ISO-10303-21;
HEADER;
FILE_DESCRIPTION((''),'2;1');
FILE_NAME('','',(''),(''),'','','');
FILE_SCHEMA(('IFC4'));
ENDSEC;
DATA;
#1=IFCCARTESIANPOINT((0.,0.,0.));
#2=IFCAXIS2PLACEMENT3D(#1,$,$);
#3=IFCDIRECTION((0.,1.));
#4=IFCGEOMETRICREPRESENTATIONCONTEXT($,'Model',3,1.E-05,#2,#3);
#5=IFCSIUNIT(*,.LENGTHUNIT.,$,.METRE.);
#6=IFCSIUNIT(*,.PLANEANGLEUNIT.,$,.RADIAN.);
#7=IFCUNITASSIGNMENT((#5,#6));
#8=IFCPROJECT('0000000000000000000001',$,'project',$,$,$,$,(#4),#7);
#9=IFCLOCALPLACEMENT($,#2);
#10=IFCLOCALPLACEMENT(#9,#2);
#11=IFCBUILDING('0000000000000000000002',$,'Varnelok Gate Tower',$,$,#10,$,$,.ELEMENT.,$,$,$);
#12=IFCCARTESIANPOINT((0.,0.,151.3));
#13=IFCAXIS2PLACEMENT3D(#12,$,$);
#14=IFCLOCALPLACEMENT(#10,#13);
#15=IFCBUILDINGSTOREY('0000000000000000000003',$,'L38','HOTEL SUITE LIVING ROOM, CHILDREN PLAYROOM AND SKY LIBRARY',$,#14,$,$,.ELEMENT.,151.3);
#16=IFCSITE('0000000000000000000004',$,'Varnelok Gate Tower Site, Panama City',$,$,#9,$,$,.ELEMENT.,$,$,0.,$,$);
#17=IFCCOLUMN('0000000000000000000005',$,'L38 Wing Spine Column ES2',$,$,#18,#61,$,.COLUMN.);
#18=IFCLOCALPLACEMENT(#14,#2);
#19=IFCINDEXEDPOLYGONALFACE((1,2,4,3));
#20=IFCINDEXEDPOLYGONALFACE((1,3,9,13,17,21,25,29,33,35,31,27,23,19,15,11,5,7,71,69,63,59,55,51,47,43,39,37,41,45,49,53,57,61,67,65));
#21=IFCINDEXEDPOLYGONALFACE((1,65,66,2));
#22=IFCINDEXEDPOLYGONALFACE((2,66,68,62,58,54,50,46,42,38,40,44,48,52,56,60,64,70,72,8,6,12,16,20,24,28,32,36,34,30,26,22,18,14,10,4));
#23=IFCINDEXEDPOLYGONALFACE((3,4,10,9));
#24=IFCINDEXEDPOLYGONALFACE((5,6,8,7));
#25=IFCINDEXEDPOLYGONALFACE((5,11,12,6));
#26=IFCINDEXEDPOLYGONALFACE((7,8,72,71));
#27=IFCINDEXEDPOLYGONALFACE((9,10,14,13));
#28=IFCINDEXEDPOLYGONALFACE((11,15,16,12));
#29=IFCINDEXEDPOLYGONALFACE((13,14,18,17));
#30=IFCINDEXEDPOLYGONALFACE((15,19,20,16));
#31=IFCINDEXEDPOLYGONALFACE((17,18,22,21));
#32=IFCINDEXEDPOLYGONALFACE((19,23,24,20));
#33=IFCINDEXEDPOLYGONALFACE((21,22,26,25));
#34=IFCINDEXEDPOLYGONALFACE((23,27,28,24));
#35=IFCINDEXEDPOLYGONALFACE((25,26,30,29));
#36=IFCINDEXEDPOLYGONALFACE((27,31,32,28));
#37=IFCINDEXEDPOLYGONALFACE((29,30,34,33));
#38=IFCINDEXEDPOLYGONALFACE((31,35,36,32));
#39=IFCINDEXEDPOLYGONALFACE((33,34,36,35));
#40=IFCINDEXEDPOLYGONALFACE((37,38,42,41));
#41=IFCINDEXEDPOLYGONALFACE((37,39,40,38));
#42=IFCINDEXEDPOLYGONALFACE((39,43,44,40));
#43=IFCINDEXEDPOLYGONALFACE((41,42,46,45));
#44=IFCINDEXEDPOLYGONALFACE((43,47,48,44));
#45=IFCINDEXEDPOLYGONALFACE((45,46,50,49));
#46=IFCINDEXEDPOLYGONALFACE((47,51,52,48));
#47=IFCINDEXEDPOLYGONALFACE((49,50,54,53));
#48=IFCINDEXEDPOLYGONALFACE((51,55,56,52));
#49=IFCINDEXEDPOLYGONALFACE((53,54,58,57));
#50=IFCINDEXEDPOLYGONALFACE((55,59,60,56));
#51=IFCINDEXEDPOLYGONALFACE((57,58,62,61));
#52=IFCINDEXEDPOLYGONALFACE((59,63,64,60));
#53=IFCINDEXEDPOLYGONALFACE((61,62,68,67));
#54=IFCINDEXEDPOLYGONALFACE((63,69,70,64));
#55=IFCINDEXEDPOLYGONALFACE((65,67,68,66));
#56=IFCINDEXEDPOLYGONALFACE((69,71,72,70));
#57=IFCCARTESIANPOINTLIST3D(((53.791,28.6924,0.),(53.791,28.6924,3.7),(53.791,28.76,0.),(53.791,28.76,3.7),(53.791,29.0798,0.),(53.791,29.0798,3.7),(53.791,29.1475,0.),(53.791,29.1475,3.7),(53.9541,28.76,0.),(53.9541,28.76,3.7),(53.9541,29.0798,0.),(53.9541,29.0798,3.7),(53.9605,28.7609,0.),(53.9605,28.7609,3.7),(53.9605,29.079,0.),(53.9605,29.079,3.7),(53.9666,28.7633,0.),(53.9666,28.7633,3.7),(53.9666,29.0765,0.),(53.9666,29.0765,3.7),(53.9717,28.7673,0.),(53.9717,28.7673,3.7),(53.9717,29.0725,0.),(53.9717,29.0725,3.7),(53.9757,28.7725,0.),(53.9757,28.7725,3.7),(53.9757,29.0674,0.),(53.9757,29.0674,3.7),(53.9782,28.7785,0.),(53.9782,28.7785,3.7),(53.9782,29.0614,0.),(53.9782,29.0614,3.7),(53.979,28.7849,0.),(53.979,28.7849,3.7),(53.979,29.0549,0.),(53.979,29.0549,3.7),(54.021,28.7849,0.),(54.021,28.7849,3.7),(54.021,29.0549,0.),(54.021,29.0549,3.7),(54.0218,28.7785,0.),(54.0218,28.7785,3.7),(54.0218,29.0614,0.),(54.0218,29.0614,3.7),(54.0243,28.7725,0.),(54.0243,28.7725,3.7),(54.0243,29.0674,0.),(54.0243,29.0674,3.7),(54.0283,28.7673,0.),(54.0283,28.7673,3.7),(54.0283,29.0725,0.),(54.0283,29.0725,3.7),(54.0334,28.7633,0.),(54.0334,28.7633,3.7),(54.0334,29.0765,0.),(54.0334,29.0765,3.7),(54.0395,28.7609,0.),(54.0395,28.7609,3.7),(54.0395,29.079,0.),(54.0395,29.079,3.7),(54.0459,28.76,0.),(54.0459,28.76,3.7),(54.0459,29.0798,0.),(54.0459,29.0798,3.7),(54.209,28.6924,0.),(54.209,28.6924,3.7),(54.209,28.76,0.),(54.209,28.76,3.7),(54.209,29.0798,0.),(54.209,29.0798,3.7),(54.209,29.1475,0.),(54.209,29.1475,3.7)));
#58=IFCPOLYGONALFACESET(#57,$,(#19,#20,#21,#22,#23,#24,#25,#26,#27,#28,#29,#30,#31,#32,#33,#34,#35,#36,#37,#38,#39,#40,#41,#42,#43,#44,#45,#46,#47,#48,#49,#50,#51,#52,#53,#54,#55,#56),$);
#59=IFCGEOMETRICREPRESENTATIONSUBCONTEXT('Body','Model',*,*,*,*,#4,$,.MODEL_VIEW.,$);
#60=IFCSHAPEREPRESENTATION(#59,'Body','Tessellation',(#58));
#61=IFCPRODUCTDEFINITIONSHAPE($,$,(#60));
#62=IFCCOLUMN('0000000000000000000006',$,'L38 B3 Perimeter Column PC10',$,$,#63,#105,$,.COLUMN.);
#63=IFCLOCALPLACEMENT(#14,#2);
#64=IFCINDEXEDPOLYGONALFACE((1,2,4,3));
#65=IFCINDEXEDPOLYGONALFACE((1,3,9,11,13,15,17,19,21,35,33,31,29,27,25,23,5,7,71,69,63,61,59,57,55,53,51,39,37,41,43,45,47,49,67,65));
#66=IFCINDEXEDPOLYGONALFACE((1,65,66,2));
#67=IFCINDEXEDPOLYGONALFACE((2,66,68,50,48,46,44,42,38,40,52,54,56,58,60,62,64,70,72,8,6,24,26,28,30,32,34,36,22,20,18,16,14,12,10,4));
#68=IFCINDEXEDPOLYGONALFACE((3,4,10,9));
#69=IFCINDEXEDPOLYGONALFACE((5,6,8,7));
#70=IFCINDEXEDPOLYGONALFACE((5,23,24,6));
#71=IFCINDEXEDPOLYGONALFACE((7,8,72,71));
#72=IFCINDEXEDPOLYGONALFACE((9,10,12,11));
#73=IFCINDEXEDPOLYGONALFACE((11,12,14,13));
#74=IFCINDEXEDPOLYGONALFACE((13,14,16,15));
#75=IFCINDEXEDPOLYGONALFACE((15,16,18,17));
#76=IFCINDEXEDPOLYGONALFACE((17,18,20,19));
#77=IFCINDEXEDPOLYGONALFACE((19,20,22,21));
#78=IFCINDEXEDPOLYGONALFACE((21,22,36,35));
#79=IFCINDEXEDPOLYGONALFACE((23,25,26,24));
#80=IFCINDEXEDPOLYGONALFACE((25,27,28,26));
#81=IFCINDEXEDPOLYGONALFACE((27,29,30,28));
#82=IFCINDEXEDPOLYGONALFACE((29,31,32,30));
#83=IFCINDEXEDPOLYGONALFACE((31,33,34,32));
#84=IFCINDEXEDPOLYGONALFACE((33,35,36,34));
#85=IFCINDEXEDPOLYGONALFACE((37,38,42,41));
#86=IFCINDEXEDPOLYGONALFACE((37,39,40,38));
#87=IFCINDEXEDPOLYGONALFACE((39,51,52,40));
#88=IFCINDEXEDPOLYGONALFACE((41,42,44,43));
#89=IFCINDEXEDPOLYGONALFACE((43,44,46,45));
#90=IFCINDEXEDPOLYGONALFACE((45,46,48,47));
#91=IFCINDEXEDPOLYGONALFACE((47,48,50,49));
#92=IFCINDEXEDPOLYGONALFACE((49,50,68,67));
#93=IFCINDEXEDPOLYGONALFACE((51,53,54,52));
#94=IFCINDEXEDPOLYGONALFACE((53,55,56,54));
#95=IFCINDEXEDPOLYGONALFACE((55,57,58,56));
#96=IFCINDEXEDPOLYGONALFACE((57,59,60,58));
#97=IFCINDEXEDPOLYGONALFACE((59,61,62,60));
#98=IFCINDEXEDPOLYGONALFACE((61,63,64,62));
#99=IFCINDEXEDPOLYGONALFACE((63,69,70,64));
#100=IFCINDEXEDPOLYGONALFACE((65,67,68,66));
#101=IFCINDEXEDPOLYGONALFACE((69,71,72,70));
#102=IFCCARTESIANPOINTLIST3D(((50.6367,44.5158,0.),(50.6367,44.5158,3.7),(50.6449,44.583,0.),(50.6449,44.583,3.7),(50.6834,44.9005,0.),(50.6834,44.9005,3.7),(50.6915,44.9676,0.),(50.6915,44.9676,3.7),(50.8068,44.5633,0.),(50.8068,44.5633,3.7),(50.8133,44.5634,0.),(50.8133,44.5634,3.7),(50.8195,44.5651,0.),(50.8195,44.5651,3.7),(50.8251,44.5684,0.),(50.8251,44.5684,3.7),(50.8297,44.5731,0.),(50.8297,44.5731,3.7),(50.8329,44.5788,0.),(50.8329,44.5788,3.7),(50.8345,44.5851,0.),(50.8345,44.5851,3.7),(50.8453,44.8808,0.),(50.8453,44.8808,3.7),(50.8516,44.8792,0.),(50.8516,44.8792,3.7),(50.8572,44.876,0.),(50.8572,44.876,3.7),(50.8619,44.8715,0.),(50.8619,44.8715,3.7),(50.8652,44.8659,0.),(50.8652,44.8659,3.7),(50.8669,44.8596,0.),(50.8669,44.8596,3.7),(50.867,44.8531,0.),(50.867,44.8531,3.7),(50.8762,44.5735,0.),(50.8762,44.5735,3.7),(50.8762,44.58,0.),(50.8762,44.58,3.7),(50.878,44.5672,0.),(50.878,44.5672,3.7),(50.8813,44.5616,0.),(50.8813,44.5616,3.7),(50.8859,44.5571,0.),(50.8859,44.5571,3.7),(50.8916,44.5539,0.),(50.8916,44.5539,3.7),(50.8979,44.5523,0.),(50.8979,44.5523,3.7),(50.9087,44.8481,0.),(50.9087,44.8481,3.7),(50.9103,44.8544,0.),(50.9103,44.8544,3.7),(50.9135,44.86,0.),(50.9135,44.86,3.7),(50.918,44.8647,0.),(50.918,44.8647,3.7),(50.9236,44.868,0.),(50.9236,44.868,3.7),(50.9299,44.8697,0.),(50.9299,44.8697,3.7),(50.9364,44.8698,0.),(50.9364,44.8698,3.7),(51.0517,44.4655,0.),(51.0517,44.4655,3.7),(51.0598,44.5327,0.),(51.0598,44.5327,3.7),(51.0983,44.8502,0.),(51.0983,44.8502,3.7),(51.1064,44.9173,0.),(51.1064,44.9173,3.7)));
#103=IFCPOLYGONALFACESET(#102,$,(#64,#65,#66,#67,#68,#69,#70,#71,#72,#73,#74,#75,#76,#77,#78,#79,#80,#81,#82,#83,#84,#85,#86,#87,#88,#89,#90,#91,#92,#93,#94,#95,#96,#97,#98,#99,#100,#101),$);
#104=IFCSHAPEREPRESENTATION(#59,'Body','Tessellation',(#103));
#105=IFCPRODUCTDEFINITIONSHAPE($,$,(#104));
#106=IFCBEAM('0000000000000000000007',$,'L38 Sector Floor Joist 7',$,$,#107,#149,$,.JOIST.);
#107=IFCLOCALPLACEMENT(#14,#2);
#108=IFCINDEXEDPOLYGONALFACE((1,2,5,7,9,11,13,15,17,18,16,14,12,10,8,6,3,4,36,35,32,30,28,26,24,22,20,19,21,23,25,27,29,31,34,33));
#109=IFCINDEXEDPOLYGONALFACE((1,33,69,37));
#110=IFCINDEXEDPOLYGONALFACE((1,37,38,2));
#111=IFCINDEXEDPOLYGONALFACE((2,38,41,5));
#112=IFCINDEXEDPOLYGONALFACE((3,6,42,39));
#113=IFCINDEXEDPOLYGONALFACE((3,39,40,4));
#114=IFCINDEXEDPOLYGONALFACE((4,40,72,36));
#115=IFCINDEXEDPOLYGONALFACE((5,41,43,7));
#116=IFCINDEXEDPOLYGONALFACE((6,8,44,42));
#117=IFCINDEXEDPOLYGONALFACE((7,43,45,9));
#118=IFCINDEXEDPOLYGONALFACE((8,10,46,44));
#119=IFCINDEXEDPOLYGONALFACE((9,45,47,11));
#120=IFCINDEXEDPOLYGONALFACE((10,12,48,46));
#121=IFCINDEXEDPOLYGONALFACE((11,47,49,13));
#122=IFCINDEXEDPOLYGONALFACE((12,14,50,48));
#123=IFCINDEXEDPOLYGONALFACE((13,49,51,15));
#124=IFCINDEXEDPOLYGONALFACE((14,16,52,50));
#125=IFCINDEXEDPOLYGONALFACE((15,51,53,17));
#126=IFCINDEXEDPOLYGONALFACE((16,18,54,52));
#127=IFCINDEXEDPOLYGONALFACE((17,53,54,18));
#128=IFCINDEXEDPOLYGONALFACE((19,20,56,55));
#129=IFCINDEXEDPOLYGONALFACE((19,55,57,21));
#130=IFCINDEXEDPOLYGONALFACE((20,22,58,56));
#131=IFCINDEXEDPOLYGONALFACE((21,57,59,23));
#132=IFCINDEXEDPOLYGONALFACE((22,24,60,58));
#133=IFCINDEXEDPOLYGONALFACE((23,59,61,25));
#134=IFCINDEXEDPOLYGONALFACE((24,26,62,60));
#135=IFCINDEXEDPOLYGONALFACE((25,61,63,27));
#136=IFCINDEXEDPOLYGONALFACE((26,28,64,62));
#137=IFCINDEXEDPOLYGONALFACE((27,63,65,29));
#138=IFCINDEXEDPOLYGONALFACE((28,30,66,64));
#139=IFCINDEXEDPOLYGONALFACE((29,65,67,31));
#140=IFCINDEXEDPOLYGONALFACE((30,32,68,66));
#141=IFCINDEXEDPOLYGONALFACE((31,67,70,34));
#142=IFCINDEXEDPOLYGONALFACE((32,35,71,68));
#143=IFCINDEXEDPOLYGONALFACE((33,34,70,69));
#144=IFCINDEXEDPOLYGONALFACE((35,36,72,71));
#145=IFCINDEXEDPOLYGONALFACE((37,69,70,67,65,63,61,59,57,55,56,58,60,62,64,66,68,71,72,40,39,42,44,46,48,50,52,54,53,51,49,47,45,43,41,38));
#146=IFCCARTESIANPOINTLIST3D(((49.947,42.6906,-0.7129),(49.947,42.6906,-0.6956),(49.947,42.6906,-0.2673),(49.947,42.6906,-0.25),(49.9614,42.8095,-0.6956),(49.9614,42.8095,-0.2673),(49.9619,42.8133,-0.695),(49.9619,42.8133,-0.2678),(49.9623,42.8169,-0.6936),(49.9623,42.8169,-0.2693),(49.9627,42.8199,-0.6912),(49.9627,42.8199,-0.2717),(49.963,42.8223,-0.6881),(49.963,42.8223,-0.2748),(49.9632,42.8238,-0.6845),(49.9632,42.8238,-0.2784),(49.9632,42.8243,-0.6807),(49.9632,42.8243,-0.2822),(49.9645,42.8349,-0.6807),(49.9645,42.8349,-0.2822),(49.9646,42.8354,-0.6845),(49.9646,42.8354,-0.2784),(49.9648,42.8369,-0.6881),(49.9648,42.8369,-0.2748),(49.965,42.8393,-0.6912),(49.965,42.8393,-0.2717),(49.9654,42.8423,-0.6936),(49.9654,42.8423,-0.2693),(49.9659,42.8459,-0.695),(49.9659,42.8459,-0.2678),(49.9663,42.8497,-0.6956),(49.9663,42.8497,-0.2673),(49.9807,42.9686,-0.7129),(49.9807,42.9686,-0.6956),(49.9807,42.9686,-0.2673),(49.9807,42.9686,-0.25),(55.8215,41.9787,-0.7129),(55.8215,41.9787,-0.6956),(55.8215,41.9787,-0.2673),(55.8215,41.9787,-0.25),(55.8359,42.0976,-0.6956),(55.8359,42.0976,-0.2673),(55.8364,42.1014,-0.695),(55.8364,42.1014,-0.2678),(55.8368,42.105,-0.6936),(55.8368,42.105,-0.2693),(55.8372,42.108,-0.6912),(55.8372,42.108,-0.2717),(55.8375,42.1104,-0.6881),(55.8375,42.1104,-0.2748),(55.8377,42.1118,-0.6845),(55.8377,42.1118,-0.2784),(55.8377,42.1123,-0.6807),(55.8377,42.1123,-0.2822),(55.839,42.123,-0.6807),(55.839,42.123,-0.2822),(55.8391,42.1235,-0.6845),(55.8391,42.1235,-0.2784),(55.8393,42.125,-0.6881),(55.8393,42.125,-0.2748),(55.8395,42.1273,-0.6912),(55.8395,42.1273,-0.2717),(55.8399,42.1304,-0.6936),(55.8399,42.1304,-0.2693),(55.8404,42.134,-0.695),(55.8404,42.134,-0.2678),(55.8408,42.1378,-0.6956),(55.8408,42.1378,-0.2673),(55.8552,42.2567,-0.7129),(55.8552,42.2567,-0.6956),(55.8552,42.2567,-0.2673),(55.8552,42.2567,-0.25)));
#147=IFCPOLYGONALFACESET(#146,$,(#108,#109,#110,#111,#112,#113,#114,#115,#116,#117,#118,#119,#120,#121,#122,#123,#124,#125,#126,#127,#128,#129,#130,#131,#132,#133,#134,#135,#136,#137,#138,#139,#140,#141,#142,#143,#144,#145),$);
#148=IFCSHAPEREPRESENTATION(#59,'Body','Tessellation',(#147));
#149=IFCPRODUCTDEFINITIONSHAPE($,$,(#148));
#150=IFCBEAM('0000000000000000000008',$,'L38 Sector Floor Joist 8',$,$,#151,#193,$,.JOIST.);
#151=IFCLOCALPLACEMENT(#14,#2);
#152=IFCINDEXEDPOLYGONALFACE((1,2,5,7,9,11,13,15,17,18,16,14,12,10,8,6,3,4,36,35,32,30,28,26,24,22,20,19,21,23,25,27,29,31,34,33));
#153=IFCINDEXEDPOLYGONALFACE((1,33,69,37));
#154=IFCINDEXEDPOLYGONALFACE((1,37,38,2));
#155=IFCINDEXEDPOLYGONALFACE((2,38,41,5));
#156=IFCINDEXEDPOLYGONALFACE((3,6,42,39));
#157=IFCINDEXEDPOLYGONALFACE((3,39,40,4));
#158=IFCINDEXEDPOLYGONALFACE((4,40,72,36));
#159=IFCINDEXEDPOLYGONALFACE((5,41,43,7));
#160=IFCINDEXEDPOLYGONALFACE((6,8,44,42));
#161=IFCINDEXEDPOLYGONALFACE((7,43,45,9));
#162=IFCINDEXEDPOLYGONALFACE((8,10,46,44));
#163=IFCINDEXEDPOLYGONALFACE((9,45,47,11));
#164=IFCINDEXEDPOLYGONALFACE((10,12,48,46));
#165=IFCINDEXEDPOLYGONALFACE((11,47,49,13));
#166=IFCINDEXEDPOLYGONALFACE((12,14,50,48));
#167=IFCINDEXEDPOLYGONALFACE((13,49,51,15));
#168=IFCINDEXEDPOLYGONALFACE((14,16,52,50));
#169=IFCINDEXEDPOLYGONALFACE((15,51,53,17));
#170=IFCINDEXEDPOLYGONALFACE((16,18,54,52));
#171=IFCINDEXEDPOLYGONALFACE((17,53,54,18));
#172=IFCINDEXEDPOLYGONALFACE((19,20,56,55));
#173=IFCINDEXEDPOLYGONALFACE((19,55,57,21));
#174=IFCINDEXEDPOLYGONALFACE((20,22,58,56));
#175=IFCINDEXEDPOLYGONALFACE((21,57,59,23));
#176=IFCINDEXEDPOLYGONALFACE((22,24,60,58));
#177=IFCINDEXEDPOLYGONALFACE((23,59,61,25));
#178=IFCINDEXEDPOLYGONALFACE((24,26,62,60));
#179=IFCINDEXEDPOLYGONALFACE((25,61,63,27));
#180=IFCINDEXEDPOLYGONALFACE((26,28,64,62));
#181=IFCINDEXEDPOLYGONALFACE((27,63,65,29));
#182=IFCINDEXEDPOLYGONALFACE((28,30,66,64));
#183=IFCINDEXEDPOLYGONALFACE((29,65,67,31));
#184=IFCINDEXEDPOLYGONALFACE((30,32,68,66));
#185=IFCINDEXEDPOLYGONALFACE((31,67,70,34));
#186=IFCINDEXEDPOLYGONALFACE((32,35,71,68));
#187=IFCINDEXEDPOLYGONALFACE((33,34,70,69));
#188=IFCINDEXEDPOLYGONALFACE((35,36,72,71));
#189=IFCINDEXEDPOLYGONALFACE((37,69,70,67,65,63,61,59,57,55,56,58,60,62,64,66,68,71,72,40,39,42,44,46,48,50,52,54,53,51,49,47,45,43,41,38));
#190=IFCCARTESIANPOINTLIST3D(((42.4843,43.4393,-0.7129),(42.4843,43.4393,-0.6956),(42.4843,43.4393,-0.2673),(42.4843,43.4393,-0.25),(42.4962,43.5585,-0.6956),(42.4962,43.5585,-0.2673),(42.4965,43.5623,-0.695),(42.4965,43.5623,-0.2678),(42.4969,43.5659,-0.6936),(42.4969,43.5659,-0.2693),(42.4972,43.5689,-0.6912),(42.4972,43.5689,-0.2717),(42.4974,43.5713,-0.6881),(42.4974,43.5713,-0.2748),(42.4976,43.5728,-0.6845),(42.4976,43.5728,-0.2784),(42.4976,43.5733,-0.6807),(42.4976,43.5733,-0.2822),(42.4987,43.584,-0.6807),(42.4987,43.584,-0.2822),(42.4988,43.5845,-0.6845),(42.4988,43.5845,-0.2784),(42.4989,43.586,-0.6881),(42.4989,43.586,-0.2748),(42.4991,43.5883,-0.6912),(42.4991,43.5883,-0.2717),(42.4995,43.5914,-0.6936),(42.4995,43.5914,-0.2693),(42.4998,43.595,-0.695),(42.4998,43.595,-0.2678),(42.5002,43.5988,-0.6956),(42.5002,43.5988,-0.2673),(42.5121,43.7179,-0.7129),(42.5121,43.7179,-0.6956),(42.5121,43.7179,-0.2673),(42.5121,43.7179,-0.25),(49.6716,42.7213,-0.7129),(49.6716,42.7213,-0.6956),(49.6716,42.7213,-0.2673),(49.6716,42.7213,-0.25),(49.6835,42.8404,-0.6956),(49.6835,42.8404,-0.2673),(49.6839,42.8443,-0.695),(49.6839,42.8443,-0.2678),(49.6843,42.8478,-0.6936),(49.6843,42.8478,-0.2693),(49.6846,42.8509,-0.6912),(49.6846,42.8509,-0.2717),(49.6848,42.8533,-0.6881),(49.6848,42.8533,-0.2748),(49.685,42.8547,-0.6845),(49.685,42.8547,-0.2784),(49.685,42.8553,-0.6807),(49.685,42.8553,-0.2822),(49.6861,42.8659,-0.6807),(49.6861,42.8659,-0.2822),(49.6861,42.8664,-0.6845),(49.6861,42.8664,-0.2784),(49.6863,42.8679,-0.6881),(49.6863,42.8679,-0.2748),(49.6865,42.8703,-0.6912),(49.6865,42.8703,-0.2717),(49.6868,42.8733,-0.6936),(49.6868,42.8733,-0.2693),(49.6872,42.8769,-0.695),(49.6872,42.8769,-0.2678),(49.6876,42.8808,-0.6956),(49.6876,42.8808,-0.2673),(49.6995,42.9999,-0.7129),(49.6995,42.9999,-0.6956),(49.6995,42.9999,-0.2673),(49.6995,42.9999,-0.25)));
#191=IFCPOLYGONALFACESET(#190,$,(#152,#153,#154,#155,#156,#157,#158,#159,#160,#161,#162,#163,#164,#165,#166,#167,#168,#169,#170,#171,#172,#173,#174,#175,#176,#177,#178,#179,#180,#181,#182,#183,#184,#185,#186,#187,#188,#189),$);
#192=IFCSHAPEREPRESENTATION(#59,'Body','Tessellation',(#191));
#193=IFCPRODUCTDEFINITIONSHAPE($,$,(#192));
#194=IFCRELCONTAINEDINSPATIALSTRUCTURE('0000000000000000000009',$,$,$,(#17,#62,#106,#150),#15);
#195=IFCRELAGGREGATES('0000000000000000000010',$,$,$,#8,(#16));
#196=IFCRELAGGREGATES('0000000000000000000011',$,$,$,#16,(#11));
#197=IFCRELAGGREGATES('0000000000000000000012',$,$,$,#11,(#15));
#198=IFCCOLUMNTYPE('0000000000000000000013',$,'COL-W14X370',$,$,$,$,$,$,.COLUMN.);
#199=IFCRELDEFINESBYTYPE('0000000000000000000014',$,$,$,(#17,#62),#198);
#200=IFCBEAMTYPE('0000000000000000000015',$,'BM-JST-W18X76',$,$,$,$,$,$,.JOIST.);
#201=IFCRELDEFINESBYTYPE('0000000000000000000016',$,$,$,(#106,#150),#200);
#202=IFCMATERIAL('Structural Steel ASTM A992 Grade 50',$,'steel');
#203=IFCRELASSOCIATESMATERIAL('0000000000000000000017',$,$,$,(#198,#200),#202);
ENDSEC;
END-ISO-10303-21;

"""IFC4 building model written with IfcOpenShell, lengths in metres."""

from ifc_helpers import new_model, si_unit, direction, frame, origin, origin_2d, place, context, subcontext, project, spatial, i_section, extrude, material, material_profile, profile_set, type_object, element, save


model = new_model("IFC4")

# Units and contexts
model_context = context("Model", 3, precision=1e-05, world=origin(), true_north=direction((0.0, 1.0)))
body_context = subcontext(model_context, "Body", "Model", "MODEL_VIEW")
ifc_project = project(units=[si_unit("LENGTHUNIT", "METRE"), si_unit("PLANEANGLEUNIT", "RADIAN")], contexts=[model_context])

# Site, building, storey
site_placement = place(None, origin())
site = spatial("IfcSite", under=ifc_project, at=site_placement, Name="Varnelok Gate Tower Site, Panama City", CompositionType="ELEMENT", RefElevation=0.0)
building_placement = place(site_placement, origin())
building = spatial("IfcBuilding", under=site, at=building_placement, Name="Varnelok Gate Tower", CompositionType="ELEMENT")
storey_placement = place(building_placement, frame((0.0, 0.0, 151.3)))
storey = spatial("IfcBuildingStorey", under=building, at=storey_placement, Name="L38", Description="HOTEL SUITE LIVING ROOM, CHILDREN PLAYROOM AND SKY LIBRARY", CompositionType="ELEMENT", Elevation=151.3)

# Columns
ifc_material_1 = material(Name="Structural Steel ASTM A992 Grade 50", Category="steel")
ifc_material_profile_1 = material_profile(ifc_material_1, i_section(OverallWidth=0.418, OverallDepth=0.4551, WebThickness=0.042, FlangeThickness=0.0676, FilletRadius=0.0249, at=origin_2d()), Name="W14X370")
ifc_profile_set_1 = profile_set([ifc_material_profile_1], Name="Structural Steel ASTM A992 Grade 50")
column_type = type_object("IfcColumnType", Name="COL-W14X370", PredefinedType="COLUMN", material=ifc_profile_set_1)
for number, where, z_axis, x_axis, name in (
    (1, (54.0, 28.9199, 0.0), (0.0, 0.0, 1.0), (1.0, 0.0, 0.0), "L38 Wing Spine Column ES2"),
    (2, (50.8716, 44.7166, 0.0), (0.0, 0.0, 1.0), (0.992732, -0.120345, 0.0), "L38 B3 Perimeter Column PC10"),
):
    element("IfcColumn", number, at=place(storey_placement, frame(where, z_axis=z_axis, x_axis=x_axis)), inside=storey, type_object=column_type, Name=name, PredefinedType="COLUMN", context=body_context, shape_type="SweptSolid", body=[
        extrude(i_section(OverallWidth=0.418, OverallDepth=0.4551, WebThickness=0.042, FlangeThickness=0.0676, FilletRadius=0.0249, at=origin_2d()), origin(), (0.0, 0.0, 1.0), 3.7),
    ])

# Beams
ifc_material_profile_2 = material_profile(ifc_material_1, i_section(OverallWidth=0.28, OverallDepth=0.4629, WebThickness=0.0107, FlangeThickness=0.0173, FilletRadius=0.0149, at=origin_2d()), Name="W18X76")
ifc_profile_set_2 = profile_set([ifc_material_profile_2], Name="Structural Steel ASTM A992 Grade 50")
beam_type_1 = type_object("IfcBeamType", Name="BM-JST-W18X76", PredefinedType="JOIST", material=ifc_profile_set_2)
beam_1_placement = place(storey_placement, frame((55.8384, 42.1177, -0.4814), z_axis=(-0.992737, 0.120307, 0.0), x_axis=(-0.120307, -0.992737, 0.0)))
element("IfcBeam", 3, at=beam_1_placement, inside=storey, type_object=beam_type_1, Name="L38 Sector Floor Joist 7", PredefinedType="JOIST", context=body_context, shape_type="SweptSolid", body=[
    extrude(i_section(OverallWidth=0.28, OverallDepth=0.4629, WebThickness=0.0107, FlangeThickness=0.0173, FilletRadius=0.0149, at=origin_2d()), origin(), (0.0, 0.0, 1.0), 5.9175),
])
beam_2_placement = place(storey_placement, frame((49.6855, 42.8606, -0.4814), z_axis=(-0.995047, 0.099407, 0.0), x_axis=(-0.099407, -0.995047, 0.0)))
element("IfcBeam", 4, at=beam_2_placement, inside=storey, type_object=beam_type_1, Name="L38 Sector Floor Joist 8", PredefinedType="JOIST", context=body_context, shape_type="SweptSolid", body=[
    extrude(i_section(OverallWidth=0.28, OverallDepth=0.4629, WebThickness=0.0107, FlangeThickness=0.0173, FilletRadius=0.0149, at=origin_2d()), origin(), (0.0, 0.0, 1.0), 7.2231),
])

save(model, "model.ifc")
